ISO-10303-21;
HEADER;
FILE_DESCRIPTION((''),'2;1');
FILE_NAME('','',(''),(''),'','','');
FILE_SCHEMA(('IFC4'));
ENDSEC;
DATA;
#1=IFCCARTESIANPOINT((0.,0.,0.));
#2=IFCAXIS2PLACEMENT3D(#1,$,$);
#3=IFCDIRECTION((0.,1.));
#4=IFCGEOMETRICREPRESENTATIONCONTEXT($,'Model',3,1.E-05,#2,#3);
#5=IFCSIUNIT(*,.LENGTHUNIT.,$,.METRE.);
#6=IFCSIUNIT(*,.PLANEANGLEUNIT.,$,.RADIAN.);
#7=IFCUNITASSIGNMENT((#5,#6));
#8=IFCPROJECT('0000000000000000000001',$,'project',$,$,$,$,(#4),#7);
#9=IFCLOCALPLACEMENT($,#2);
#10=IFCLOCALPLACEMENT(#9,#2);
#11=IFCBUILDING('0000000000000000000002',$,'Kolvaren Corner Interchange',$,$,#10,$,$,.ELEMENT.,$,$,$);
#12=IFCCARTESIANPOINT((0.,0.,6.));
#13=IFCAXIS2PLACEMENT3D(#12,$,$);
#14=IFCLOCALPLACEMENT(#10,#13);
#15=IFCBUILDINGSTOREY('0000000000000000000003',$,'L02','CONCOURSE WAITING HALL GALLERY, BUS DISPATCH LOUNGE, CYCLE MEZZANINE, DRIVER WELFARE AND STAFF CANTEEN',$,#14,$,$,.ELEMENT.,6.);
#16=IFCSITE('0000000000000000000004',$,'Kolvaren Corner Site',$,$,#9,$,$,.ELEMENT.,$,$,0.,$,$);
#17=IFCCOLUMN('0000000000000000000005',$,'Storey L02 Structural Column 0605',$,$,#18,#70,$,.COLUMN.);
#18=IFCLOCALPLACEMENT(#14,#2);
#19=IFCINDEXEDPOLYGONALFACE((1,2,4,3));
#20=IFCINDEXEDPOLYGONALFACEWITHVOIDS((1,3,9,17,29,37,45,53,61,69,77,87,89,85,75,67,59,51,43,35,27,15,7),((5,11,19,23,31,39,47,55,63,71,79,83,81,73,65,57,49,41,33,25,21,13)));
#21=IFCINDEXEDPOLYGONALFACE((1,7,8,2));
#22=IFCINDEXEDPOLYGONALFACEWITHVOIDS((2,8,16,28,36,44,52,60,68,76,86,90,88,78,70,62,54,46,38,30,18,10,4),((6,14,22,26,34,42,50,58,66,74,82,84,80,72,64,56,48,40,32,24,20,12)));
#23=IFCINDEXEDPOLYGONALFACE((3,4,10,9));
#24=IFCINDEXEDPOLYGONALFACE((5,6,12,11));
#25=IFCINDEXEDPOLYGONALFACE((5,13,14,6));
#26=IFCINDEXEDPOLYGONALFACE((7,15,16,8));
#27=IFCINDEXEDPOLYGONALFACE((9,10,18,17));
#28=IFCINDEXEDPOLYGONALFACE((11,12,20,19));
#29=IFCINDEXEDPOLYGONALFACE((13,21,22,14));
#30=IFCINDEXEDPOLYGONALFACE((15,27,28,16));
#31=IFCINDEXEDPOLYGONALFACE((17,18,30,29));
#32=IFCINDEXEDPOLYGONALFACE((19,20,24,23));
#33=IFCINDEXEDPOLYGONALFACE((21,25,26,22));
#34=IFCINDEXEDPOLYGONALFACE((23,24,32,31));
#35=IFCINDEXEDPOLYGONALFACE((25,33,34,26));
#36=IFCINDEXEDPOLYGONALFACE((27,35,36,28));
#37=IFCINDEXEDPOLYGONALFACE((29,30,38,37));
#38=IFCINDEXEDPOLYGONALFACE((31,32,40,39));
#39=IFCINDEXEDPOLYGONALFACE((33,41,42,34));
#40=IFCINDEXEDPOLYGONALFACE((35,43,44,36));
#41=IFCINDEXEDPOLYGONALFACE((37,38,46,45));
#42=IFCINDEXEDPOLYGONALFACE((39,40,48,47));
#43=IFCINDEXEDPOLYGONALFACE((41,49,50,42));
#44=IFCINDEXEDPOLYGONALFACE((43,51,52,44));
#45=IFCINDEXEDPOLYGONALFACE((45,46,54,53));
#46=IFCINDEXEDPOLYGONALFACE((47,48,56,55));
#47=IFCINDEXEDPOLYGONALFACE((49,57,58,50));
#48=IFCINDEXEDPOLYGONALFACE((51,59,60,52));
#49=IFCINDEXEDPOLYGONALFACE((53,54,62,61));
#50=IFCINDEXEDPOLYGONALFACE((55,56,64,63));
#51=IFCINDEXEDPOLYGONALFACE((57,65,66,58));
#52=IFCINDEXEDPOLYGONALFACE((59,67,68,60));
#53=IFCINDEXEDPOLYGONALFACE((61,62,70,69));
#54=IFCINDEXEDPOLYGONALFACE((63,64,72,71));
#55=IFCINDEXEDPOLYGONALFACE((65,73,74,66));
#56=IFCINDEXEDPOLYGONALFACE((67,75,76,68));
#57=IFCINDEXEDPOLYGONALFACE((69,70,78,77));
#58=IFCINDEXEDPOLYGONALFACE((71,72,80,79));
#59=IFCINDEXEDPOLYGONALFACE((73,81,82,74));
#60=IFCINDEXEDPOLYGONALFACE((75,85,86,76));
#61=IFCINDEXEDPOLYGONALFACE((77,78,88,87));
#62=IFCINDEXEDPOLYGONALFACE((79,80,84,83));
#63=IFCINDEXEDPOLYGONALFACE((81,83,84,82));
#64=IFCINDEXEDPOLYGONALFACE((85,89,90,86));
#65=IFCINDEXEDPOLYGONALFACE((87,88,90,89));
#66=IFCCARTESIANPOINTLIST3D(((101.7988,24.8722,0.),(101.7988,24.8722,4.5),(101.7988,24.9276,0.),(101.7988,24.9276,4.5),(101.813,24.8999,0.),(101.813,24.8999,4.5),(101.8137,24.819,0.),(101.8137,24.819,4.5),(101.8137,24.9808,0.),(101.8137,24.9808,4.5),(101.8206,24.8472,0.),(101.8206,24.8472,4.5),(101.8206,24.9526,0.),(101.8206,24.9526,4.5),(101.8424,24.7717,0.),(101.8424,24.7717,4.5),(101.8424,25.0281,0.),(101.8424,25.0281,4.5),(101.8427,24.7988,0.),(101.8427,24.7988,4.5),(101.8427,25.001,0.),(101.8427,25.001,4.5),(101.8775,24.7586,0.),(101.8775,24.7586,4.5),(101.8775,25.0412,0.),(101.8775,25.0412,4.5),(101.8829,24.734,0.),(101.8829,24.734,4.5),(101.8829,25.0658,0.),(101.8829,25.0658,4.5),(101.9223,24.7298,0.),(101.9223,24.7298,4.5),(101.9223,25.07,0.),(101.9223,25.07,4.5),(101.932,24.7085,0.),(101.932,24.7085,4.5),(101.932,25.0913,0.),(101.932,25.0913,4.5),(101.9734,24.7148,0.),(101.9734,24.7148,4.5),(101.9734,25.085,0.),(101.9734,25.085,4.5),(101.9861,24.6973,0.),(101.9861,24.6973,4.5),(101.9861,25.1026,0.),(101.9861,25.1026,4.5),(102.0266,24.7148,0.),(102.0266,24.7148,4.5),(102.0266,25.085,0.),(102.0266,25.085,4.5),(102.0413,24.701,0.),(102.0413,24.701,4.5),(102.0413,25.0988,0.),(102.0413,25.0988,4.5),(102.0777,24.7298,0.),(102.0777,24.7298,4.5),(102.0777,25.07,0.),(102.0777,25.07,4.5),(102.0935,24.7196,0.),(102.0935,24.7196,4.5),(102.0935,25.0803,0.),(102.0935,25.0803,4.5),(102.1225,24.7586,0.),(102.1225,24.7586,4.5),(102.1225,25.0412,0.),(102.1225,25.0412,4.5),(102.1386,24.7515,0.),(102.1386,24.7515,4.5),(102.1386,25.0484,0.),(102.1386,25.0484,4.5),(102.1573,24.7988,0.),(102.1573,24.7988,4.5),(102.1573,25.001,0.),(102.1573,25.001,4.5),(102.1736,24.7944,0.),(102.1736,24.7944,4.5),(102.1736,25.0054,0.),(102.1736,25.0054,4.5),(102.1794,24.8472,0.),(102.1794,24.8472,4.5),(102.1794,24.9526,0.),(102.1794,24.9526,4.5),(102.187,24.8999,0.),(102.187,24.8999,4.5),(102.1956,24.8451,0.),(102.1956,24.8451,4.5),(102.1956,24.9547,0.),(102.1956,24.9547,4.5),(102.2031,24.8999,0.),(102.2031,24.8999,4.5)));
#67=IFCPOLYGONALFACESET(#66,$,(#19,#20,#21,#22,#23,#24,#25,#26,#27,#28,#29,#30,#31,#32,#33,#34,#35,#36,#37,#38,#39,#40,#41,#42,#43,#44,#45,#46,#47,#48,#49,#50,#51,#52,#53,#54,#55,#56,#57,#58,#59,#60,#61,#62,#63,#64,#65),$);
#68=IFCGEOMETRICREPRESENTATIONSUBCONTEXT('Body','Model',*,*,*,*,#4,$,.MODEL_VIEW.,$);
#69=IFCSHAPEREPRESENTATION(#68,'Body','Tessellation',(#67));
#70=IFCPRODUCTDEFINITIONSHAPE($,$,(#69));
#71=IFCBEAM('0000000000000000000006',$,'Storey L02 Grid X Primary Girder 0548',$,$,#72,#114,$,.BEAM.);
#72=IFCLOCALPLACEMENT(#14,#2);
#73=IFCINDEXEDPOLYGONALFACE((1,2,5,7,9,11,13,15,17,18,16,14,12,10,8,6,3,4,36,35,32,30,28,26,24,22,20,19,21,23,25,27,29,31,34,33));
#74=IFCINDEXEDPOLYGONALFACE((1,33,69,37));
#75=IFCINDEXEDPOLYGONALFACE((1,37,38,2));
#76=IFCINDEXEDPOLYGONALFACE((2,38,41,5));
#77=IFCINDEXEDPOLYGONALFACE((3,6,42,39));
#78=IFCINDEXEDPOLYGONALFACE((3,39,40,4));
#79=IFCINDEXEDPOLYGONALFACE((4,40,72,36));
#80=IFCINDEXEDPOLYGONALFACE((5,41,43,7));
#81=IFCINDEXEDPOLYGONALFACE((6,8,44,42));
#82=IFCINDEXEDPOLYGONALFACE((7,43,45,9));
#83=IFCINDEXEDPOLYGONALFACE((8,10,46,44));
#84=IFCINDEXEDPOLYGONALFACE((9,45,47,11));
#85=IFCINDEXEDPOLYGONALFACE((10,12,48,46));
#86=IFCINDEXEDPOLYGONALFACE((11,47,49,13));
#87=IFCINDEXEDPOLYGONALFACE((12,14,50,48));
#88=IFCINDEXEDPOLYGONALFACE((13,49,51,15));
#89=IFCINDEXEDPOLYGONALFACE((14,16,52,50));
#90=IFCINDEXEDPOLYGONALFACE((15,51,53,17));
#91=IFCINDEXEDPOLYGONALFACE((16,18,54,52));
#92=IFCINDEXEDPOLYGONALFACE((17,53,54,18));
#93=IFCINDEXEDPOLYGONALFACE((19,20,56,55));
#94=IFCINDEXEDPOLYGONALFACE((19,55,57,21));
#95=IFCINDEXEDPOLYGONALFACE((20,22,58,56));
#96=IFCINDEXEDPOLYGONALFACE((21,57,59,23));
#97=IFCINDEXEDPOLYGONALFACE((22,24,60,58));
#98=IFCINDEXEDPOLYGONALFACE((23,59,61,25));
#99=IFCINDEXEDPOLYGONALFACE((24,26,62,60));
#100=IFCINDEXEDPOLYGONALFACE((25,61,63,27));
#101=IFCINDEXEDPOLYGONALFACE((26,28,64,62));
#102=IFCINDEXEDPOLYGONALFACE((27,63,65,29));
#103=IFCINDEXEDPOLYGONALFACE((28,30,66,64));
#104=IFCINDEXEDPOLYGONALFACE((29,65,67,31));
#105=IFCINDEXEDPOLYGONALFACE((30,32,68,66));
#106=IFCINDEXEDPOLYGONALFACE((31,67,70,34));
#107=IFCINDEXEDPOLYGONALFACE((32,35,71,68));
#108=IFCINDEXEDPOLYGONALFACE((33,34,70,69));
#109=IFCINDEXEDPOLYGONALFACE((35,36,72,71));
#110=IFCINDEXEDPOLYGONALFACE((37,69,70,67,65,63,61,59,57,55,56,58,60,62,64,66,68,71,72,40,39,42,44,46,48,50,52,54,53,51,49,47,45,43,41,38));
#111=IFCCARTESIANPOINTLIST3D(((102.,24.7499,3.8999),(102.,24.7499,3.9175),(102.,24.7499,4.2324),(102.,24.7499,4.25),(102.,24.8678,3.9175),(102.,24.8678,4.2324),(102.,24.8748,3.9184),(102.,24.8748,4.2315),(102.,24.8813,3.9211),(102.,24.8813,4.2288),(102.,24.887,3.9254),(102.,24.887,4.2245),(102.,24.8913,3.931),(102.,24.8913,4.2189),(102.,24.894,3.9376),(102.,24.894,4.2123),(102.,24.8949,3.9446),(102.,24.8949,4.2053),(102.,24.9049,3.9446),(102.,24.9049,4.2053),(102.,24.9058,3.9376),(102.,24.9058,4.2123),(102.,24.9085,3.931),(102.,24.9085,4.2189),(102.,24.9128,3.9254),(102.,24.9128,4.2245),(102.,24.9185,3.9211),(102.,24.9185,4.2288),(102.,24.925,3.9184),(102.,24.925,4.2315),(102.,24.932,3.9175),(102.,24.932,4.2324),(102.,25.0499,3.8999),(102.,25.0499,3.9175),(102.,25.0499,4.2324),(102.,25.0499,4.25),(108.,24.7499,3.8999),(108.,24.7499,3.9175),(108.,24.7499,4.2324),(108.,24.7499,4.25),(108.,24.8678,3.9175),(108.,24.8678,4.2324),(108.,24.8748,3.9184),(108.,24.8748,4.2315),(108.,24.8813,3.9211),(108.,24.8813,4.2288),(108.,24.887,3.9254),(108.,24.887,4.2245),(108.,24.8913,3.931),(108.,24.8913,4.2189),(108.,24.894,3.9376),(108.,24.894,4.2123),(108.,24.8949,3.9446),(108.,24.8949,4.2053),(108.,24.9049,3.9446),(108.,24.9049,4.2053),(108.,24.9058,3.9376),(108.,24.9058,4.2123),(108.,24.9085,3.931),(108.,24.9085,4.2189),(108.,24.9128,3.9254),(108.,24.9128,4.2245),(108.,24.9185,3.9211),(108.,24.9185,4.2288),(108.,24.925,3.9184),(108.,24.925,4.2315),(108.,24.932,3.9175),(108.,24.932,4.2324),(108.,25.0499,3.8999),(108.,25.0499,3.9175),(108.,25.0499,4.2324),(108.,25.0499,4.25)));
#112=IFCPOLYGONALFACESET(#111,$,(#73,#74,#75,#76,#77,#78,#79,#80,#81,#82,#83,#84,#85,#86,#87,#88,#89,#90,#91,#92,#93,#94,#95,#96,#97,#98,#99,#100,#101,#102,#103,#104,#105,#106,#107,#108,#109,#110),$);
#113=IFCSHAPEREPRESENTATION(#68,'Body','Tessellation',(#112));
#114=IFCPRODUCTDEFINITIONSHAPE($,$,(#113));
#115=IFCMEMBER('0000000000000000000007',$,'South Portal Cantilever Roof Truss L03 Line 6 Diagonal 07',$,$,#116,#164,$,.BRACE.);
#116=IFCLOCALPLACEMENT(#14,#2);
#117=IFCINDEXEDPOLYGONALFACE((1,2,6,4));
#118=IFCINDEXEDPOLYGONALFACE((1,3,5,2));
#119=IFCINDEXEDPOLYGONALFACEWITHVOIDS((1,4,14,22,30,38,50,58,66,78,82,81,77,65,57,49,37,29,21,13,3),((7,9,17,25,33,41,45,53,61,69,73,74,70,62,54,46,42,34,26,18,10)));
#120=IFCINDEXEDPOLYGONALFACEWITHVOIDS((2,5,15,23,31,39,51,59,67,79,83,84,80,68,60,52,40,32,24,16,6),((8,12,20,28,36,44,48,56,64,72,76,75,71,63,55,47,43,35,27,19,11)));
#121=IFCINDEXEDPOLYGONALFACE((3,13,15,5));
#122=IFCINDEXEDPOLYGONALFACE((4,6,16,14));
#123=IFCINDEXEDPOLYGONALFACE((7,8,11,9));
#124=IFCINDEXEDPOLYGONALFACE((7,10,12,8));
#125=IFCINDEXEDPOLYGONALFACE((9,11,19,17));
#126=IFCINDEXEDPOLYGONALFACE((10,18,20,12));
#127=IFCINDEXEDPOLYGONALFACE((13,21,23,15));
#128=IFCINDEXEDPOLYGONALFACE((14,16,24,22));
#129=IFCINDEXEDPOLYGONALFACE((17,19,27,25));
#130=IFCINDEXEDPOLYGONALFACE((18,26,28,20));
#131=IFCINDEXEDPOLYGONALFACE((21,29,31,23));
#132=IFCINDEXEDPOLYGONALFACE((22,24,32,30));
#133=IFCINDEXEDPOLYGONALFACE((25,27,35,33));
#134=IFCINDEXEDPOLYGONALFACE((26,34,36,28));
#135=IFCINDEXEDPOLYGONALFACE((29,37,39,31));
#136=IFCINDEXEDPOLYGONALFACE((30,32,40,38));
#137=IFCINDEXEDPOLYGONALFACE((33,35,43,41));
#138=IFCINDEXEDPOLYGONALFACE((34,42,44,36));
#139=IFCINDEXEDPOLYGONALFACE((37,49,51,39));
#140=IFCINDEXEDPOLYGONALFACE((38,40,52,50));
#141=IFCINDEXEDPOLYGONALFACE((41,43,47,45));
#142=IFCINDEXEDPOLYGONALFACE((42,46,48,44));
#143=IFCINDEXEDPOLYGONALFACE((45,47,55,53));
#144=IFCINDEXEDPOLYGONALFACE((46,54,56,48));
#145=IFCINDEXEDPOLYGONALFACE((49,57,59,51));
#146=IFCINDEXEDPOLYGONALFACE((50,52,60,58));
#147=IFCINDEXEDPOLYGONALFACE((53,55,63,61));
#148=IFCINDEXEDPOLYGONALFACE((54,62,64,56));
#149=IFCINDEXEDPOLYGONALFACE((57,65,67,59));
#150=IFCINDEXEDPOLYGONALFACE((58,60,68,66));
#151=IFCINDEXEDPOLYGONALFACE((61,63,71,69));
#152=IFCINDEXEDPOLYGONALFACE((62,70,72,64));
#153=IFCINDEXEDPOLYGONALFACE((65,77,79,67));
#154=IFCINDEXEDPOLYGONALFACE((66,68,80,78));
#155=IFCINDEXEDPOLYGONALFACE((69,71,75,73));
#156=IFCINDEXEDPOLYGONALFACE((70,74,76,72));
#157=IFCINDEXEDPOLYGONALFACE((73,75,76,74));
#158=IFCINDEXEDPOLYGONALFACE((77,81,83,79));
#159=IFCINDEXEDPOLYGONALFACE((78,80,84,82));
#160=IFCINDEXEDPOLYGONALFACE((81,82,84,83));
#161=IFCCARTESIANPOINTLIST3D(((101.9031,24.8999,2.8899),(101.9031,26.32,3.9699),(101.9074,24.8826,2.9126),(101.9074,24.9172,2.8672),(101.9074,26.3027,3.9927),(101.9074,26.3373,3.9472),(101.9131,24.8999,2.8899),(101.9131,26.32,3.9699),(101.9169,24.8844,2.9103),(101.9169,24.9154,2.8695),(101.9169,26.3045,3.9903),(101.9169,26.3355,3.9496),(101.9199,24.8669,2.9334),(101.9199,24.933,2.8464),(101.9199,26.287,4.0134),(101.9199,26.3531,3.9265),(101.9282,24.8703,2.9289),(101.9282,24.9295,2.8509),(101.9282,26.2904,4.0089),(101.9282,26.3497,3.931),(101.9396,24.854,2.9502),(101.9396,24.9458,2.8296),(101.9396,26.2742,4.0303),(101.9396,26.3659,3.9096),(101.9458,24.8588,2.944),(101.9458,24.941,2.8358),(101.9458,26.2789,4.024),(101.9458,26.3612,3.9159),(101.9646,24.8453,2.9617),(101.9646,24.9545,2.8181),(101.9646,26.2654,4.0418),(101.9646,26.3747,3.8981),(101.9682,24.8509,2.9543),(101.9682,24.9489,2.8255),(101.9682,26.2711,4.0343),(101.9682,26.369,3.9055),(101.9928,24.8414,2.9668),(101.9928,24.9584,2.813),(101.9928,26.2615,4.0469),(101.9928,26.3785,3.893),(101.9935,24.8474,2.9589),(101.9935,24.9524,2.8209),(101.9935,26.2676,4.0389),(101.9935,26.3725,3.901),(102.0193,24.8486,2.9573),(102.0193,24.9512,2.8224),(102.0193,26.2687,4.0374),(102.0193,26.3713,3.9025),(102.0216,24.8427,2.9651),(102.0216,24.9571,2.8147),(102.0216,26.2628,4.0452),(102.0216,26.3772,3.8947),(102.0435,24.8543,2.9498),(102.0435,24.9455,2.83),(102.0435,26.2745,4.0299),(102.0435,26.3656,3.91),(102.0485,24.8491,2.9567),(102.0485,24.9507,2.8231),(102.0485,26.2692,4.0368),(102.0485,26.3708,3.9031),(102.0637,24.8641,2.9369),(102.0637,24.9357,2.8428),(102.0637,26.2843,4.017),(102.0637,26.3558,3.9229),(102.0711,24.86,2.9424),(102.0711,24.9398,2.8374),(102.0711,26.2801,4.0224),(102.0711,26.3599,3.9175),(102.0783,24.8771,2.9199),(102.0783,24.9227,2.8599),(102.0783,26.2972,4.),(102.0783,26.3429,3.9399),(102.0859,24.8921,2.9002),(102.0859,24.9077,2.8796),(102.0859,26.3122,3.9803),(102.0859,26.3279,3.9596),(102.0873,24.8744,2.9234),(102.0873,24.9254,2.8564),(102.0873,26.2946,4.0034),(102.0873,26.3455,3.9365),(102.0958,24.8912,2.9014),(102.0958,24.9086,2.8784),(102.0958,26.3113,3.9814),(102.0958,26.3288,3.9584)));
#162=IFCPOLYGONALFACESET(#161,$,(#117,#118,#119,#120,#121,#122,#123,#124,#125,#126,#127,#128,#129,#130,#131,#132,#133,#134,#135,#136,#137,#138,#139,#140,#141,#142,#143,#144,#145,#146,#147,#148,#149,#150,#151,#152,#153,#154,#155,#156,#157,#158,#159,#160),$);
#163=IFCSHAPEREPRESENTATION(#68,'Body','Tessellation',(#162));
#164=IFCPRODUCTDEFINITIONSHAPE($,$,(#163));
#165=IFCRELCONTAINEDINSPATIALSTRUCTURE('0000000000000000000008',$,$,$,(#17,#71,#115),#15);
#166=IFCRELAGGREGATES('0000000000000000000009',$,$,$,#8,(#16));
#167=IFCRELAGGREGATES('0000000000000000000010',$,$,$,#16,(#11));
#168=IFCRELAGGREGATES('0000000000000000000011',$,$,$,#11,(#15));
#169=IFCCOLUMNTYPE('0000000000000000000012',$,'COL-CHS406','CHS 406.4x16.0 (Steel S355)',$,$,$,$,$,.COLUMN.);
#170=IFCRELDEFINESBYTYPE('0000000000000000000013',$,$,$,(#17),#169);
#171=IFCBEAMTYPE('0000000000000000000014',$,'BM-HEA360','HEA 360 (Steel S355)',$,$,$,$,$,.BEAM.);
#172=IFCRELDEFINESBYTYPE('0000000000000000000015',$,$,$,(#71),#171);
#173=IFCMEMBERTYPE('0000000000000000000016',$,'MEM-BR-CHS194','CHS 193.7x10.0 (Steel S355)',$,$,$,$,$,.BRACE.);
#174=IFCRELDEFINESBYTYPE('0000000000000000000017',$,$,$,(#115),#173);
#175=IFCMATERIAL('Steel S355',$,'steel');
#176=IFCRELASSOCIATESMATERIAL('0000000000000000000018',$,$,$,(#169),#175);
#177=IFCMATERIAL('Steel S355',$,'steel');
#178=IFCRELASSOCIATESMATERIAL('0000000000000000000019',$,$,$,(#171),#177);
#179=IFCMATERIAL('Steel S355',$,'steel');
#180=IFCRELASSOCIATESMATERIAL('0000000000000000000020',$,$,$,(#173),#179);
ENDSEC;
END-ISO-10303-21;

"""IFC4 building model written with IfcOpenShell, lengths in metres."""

from ifc_helpers import new_model, si_unit, direction, frame, origin, origin_2d, place, context, subcontext, project, spatial, hollow_circle, i_section, extrude, material, material_profile, profile_set, type_object, element, save


model = new_model("IFC4")

# Units and contexts
model_context = context("Model", 3, precision=1e-05, world=origin(), true_north=direction((0.0, 1.0)))
body_context = subcontext(model_context, "Body", "Model", "MODEL_VIEW")
ifc_project = project(units=[si_unit("LENGTHUNIT", "METRE"), si_unit("PLANEANGLEUNIT", "RADIAN")], contexts=[model_context])

# Site, building, storey
site_placement = place(None, origin())
site = spatial("IfcSite", under=ifc_project, at=site_placement, Name="Kolvaren Corner Site", CompositionType="ELEMENT", RefElevation=0.0)
building_placement = place(site_placement, origin())
building = spatial("IfcBuilding", under=site, at=building_placement, Name="Kolvaren Corner Interchange", CompositionType="ELEMENT")
storey_placement = place(building_placement, frame((0.0, 0.0, 6.0)))
storey = spatial("IfcBuildingStorey", under=building, at=storey_placement, Name="L02", Description="CONCOURSE WAITING HALL GALLERY, BUS DISPATCH LOUNGE, CYCLE MEZZANINE, DRIVER WELFARE AND STAFF CANTEEN", CompositionType="ELEMENT", Elevation=6.0)

# Column
ifc_material_1 = material(Name="Steel S355", Category="steel")
ifc_material_profile_1 = material_profile(ifc_material_1, hollow_circle(Radius=0.2031, WallThickness=0.0161, at=origin_2d()), Name="CHS 406.4x16.0")
ifc_profile_set_1 = profile_set([ifc_material_profile_1], Name="Steel S355")
column_type = type_object("IfcColumnType", Name="COL-CHS406", Description="CHS 406.4x16.0 (Steel S355)", PredefinedType="COLUMN", material=ifc_profile_set_1)
column_placement = place(storey_placement, frame((102.0, 24.8999, 0.0), z_axis=(0.0, 0.0, 1.0), x_axis=(1.0, 0.0, 0.0)))
element("IfcColumn", 1, at=column_placement, inside=storey, type_object=column_type, Name="Storey L02 Structural Column 0605", PredefinedType="COLUMN", context=body_context, shape_type="SweptSolid", body=[
    extrude(hollow_circle(Radius=0.2031, WallThickness=0.0161, at=origin_2d()), origin(), (0.0, 0.0, 1.0), 4.5),
])

# Beam
ifc_material_2 = material(Name="Steel S355", Category="steel")
ifc_material_profile_2 = material_profile(ifc_material_2, i_section(OverallWidth=0.3, OverallDepth=0.3501, WebThickness=0.01, FlangeThickness=0.0176, FilletRadius=0.0271, at=origin_2d()), Name="HEA 360")
ifc_profile_set_2 = profile_set([ifc_material_profile_2], Name="Steel S355")
beam_type = type_object("IfcBeamType", Name="BM-HEA360", Description="HEA 360 (Steel S355)", PredefinedType="BEAM", material=ifc_profile_set_2)
beam_placement = place(storey_placement, frame((102.0, 24.8999, 4.075), z_axis=(1.0, 0.0, 0.0), x_axis=(0.0, 1.0, 0.0)))
element("IfcBeam", 2, at=beam_placement, inside=storey, type_object=beam_type, Name="Storey L02 Grid X Primary Girder 0548", PredefinedType="BEAM", context=body_context, shape_type="SweptSolid", body=[
    extrude(i_section(OverallWidth=0.3, OverallDepth=0.3501, WebThickness=0.01, FlangeThickness=0.0176, FilletRadius=0.0271, at=origin_2d()), origin(), (0.0, 0.0, 1.0), 6.0),
])

# Member
ifc_material_3 = material(Name="Steel S355", Category="steel")
ifc_material_profile_3 = material_profile(ifc_material_3, hollow_circle(Radius=0.0969, WallThickness=0.01, at=origin_2d()), Name="CHS 193.7x10.0")
ifc_profile_set_3 = profile_set([ifc_material_profile_3], Name="Steel S355")
member_type_1 = type_object("IfcMemberType", Name="MEM-BR-CHS194", Description="CHS 193.7x10.0 (Steel S355)", PredefinedType="BRACE", material=ifc_profile_set_3)
member_1_placement = place(storey_placement, frame((102.0, 24.8999, 2.8899), z_axis=(0.0, 0.795959, 0.60535), x_axis=(-1.0, 0.0, 0.0)))
element("IfcMember", 3, at=member_1_placement, inside=storey, type_object=member_type_1, Name="South Portal Cantilever Roof Truss L03 Line 6 Diagonal 07", PredefinedType="BRACE", context=body_context, shape_type="SweptSolid", body=[
    extrude(hollow_circle(Radius=0.0969, WallThickness=0.01, at=origin_2d()), origin(), (0.0, 0.0, 1.0), 1.7842),
])

save(model, "model.ifc")
